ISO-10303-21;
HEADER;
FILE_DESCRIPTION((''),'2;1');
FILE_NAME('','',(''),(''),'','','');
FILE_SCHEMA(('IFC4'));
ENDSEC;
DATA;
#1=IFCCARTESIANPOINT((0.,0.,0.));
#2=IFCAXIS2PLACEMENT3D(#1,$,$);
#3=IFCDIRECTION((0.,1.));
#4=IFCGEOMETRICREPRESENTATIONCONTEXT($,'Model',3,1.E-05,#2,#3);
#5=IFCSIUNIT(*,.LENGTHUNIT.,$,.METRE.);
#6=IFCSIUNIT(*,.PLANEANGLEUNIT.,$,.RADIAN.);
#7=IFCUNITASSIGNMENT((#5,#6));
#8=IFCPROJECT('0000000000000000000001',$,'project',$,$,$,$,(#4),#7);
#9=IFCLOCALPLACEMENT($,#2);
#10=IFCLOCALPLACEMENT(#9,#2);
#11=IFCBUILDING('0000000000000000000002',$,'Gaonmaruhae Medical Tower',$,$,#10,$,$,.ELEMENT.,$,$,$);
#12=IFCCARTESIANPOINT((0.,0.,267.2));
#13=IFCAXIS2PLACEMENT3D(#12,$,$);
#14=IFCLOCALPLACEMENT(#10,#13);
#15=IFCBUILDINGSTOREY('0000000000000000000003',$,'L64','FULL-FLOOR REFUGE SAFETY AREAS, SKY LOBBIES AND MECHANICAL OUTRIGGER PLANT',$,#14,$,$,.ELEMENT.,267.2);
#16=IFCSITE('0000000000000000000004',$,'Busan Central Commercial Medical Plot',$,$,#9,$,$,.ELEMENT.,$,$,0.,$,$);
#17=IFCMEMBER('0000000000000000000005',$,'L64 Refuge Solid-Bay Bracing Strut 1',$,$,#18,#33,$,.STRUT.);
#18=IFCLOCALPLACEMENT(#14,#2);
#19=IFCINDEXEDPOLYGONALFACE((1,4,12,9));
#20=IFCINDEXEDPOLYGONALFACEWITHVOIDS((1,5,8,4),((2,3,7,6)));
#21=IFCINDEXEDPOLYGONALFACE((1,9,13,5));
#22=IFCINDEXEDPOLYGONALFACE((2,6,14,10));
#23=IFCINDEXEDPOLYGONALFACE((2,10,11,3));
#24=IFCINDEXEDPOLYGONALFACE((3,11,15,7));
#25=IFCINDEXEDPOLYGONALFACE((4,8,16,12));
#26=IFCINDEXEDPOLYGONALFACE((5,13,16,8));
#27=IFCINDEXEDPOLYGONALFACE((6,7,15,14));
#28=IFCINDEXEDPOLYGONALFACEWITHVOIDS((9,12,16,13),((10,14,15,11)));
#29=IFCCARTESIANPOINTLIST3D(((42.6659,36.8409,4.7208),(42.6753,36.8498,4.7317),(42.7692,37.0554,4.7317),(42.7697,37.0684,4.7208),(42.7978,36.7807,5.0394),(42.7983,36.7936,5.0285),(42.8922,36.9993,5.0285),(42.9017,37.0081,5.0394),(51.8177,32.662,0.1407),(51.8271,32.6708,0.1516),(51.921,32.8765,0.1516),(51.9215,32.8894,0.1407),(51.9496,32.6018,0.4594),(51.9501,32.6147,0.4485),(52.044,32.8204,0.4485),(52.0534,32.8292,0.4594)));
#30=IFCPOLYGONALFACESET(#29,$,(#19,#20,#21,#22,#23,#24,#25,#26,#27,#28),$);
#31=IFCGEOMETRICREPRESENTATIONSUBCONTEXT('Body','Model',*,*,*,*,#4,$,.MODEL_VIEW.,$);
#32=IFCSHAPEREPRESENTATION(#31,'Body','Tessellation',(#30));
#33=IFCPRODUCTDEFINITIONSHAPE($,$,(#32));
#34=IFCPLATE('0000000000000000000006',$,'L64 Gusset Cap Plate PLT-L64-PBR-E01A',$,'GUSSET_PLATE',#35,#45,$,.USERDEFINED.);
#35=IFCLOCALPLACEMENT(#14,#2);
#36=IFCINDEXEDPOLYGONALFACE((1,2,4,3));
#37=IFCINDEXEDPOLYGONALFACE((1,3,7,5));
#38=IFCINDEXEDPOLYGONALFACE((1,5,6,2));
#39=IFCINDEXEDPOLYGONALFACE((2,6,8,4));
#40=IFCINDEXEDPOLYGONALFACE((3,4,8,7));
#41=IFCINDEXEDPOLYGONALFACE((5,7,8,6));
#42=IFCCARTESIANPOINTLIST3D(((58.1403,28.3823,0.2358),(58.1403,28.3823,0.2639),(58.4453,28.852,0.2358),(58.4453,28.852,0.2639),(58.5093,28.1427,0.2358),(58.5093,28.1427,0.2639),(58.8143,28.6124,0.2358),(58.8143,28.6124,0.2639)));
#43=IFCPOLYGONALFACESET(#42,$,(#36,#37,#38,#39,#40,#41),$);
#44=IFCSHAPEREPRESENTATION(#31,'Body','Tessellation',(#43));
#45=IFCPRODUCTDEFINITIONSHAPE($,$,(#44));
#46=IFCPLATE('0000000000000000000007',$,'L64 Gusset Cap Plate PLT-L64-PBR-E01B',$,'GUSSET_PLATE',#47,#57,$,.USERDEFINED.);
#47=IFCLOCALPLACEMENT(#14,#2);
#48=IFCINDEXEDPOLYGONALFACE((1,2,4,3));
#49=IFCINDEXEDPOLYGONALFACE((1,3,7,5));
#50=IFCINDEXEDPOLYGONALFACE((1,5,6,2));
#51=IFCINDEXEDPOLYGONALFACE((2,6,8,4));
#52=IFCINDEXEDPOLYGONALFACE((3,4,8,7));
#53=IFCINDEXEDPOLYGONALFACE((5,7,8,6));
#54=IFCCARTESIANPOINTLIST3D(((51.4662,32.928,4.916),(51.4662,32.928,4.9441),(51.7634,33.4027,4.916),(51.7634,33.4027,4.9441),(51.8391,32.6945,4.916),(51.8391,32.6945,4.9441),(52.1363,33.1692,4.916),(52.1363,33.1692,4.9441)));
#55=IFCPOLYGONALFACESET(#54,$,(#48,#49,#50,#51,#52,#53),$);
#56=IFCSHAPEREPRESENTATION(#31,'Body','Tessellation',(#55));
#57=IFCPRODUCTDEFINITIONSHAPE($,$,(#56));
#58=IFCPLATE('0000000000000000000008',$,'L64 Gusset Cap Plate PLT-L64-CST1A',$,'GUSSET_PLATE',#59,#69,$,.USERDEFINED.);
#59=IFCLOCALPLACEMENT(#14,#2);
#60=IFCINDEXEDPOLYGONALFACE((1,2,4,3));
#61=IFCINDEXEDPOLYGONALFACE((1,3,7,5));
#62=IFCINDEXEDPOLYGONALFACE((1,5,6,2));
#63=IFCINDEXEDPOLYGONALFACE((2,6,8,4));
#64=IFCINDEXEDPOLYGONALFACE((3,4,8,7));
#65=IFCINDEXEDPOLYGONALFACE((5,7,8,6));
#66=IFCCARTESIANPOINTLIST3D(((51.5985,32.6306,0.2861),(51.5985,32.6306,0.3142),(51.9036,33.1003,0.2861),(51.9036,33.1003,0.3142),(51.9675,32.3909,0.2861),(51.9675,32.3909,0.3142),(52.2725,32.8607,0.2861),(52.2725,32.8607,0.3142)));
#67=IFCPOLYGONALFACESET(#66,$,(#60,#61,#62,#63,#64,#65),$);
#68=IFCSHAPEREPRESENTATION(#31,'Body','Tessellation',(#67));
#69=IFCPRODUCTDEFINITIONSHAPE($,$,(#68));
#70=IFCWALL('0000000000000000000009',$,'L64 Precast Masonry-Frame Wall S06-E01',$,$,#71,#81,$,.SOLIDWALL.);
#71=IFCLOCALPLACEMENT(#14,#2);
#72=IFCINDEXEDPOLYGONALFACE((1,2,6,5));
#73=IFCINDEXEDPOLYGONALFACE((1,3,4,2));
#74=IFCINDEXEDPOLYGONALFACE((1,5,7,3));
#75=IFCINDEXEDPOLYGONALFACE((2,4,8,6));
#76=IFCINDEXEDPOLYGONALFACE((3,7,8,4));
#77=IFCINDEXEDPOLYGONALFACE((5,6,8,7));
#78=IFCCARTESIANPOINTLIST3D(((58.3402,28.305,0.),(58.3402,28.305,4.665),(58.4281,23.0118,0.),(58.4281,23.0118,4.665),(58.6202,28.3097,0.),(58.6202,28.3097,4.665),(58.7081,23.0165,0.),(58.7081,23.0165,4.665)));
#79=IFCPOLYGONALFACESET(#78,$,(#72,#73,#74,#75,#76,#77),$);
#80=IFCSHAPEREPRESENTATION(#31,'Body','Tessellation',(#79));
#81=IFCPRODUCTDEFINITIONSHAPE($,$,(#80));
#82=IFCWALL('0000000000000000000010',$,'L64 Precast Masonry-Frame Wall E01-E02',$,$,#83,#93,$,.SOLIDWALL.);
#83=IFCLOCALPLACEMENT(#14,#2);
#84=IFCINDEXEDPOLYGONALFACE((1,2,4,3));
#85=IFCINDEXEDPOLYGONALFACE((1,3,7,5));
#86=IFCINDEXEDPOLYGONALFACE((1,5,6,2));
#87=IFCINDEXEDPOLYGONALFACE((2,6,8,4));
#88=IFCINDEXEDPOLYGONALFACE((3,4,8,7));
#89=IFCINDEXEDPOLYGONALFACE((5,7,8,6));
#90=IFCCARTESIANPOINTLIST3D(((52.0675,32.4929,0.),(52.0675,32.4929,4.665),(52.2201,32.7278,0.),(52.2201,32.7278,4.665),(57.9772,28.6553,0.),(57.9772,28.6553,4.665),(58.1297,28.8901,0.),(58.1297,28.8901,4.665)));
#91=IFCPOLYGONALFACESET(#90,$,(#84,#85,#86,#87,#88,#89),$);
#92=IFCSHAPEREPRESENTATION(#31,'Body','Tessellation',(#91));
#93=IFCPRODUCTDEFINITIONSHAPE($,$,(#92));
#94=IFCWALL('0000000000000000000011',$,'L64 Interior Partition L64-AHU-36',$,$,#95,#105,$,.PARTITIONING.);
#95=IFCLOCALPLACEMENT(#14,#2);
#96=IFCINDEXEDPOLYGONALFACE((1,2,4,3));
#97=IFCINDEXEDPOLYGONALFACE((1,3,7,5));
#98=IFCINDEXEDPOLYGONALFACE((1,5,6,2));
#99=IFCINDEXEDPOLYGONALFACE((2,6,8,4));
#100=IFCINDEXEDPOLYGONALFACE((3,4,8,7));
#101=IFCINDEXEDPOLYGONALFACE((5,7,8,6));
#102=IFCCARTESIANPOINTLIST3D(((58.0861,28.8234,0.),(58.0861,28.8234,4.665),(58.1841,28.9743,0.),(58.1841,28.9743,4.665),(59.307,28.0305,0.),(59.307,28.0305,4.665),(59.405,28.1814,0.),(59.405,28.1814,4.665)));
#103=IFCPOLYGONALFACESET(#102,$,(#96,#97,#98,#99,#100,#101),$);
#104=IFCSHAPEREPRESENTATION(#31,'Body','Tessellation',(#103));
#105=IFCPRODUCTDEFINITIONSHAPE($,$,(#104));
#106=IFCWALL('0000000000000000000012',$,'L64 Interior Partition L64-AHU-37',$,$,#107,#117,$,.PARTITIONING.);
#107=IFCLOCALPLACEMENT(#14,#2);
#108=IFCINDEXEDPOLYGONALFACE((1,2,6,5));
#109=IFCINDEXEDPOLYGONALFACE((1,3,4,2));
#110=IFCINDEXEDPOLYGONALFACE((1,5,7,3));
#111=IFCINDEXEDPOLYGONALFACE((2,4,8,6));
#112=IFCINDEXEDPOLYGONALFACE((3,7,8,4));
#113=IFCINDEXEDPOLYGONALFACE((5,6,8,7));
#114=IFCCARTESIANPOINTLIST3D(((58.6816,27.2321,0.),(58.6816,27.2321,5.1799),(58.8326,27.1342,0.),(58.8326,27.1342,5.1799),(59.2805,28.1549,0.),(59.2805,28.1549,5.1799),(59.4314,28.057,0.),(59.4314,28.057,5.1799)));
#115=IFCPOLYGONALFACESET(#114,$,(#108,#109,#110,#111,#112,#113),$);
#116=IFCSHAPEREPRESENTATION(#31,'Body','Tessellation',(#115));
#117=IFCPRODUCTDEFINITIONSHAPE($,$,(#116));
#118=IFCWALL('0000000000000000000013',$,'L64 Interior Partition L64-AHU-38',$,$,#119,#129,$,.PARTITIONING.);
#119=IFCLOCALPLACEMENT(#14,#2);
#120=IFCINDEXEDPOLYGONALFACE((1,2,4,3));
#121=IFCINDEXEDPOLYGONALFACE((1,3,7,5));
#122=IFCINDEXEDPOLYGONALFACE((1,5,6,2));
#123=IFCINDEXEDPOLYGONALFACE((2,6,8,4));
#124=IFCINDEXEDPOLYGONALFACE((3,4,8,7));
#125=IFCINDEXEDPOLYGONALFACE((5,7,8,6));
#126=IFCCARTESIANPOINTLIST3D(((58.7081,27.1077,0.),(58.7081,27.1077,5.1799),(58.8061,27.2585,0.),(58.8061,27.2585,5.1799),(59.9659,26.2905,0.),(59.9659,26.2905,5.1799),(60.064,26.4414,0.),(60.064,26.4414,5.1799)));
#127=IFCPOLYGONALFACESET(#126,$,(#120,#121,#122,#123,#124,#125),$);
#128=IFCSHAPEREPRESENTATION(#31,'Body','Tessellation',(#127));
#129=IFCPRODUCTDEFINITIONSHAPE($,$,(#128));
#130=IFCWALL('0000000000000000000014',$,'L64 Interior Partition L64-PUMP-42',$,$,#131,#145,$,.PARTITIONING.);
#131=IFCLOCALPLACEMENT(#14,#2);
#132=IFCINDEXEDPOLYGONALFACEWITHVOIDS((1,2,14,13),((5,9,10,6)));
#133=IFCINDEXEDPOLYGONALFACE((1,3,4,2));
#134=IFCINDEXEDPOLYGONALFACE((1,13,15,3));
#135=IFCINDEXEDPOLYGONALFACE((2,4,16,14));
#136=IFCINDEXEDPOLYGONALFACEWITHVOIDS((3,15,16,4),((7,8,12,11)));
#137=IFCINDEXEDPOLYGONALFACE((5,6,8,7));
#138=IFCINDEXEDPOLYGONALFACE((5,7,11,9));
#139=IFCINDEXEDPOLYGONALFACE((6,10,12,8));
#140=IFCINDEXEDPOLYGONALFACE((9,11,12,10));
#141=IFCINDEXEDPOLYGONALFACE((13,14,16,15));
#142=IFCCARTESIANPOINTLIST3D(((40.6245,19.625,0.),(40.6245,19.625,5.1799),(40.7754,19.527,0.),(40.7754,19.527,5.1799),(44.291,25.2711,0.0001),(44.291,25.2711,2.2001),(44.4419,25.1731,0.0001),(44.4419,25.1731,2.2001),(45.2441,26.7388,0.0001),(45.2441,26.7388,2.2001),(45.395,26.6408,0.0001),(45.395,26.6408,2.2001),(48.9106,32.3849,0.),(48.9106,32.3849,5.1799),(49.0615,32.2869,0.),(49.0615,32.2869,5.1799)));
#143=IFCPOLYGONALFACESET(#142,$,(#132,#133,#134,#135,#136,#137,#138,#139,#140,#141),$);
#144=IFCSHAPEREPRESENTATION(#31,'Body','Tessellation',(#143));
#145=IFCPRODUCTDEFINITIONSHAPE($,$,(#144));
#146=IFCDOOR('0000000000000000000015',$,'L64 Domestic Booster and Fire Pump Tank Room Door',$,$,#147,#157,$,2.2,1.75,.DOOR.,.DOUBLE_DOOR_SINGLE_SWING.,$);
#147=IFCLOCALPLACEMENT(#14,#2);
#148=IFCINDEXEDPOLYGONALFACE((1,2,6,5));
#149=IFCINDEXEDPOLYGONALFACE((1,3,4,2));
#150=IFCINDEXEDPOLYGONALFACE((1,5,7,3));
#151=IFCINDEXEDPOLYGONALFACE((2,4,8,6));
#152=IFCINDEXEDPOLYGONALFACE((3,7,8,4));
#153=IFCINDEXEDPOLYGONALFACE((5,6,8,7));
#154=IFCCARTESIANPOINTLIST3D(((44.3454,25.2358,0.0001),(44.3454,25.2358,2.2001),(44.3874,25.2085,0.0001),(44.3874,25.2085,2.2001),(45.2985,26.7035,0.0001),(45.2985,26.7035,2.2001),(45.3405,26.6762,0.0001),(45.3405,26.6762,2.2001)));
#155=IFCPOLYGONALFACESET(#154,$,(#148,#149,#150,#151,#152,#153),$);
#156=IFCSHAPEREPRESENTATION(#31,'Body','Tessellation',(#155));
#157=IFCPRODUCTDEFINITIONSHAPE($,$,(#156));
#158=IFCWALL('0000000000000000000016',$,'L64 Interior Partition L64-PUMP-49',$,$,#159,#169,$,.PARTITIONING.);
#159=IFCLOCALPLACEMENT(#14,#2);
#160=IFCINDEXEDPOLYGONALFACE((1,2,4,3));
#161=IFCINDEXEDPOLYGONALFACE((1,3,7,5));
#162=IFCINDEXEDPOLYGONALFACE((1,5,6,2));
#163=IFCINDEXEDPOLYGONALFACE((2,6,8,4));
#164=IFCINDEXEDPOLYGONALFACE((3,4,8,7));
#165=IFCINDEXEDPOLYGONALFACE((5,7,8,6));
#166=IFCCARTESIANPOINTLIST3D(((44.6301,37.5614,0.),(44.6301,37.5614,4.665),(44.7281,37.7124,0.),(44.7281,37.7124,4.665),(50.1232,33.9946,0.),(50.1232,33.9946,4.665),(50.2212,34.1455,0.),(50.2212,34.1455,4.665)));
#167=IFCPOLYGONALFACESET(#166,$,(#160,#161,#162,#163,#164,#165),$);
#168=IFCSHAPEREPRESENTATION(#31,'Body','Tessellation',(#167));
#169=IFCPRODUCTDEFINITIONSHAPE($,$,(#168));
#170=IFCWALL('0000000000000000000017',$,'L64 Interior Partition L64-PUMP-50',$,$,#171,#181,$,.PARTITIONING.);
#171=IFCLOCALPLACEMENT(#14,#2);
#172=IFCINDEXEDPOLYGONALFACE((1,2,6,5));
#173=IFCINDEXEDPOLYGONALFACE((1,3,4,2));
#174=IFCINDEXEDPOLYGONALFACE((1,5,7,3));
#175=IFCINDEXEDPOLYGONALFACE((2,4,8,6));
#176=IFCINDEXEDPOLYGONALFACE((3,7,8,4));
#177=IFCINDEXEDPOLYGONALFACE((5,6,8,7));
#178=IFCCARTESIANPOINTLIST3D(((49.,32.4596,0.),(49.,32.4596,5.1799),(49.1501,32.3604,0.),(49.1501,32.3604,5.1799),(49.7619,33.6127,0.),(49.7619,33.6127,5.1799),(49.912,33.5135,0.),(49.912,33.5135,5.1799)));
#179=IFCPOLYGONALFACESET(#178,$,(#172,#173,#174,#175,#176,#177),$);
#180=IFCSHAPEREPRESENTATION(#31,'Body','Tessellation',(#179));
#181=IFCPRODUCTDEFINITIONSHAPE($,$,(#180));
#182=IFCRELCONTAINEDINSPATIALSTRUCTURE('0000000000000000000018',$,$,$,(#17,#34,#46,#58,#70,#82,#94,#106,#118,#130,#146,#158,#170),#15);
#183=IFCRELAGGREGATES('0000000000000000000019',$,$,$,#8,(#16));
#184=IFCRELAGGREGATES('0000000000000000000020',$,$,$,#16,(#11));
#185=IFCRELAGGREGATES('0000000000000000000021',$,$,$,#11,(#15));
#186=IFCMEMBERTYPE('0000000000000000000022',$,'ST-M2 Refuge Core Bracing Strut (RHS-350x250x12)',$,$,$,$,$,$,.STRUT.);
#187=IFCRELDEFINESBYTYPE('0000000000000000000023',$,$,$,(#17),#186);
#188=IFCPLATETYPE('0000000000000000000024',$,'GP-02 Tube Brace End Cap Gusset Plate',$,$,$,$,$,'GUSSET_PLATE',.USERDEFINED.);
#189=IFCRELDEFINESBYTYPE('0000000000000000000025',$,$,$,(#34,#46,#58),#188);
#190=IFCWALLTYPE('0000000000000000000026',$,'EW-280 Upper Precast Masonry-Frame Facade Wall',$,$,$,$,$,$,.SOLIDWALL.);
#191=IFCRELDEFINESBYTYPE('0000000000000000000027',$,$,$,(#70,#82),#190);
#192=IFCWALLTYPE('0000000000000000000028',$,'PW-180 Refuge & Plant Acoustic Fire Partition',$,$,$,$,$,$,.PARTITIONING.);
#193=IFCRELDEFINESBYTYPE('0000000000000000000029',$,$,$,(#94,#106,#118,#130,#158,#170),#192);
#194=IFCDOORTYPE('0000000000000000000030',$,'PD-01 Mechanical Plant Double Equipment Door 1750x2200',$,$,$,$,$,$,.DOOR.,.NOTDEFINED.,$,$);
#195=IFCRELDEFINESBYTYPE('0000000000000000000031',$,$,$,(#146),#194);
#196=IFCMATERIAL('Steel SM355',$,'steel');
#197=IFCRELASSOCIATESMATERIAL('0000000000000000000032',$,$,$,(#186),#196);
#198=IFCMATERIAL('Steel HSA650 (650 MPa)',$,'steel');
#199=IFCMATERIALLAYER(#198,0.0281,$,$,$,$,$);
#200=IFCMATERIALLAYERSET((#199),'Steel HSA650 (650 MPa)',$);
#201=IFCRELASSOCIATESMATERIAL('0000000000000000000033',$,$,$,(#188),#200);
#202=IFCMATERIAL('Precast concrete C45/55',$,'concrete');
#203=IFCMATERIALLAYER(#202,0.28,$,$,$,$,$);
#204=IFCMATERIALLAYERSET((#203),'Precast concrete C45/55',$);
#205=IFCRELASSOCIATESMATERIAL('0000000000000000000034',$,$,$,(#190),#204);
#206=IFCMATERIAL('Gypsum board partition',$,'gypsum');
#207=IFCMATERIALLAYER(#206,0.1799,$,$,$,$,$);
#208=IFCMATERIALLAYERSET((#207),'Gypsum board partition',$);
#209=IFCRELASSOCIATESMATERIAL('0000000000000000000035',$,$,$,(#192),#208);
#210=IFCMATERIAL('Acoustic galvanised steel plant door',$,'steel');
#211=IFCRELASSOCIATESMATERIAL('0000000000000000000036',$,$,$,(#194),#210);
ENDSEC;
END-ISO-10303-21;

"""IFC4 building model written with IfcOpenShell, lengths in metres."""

from ifc_helpers import new_model, si_unit, direction, frame, frame_2d, origin, origin_2d, place, context, subcontext, project, spatial, rectangle, hollow_rectangle, extrude, material, layer, layer_set, material_profile, profile_set, type_object, element, fill, save


model = new_model("IFC4")

# Units and contexts
model_context = context("Model", 3, precision=1e-05, world=origin(), true_north=direction((0.0, 1.0)))
body_context = subcontext(model_context, "Body", "Model", "MODEL_VIEW")
ifc_project = project(units=[si_unit("LENGTHUNIT", "METRE"), si_unit("PLANEANGLEUNIT", "RADIAN")], contexts=[model_context])

# Site, building, storey
site_placement = place(None, origin())
site = spatial("IfcSite", under=ifc_project, at=site_placement, Name="Busan Central Commercial Medical Plot", CompositionType="ELEMENT", RefElevation=0.0)
building_placement = place(site_placement, origin())
building = spatial("IfcBuilding", under=site, at=building_placement, Name="Gaonmaruhae Medical Tower", CompositionType="ELEMENT")
storey_placement = place(building_placement, frame((0.0, 0.0, 267.2)))
storey = spatial("IfcBuildingStorey", under=building, at=storey_placement, Name="L64", Description="FULL-FLOOR REFUGE SAFETY AREAS, SKY LOBBIES AND MECHANICAL OUTRIGGER PLANT", CompositionType="ELEMENT", Elevation=267.2)

# Shared definitions
ifc_material_1 = material(Name="Steel SM355", Category="steel")

# Member
ifc_material_profile_1 = material_profile(ifc_material_1, hollow_rectangle(XDim=0.25, YDim=0.3501, WallThickness=0.012, at=origin_2d()), Name="RHS-350x250x12")
ifc_profile_set_1 = profile_set([ifc_material_profile_1], Name="Steel SM355")
member_type_1 = type_object("IfcMemberType", Name="ST-M2 Refuge Core Bracing Strut (RHS-350x250x12)", PredefinedType="STRUT", material=ifc_profile_set_1)
member_1_placement = place(storey_placement, frame((51.9355, 32.7456, 0.3), z_axis=(-0.827901, 0.378039, 0.414326), x_axis=(-0.415369, -0.909653, 0.0)))
element("IfcMember", 1, at=member_1_placement, inside=storey, type_object=member_type_1, Name="L64 Refuge Solid-Bay Bracing Strut 1", PredefinedType="STRUT", context=body_context, shape_type="SweptSolid", body=[
    extrude(hollow_rectangle(XDim=0.25, YDim=0.3501, WallThickness=0.012, at=origin_2d()), origin(), (0.0, 0.0, 1.0), 11.0542),
])

# Plates
ifc_material_2 = material(Name="Steel HSA650 (650 MPa)", Category="steel")
ifc_layer_1 = layer(ifc_material_2, 0.0281)
ifc_layer_set_1 = layer_set([ifc_layer_1], Name="Steel HSA650 (650 MPa)")
plate_type = type_object("IfcPlateType", Name="GP-02 Tube Brace End Cap Gusset Plate", ElementType="GUSSET_PLATE", PredefinedType="USERDEFINED", material=ifc_layer_set_1)
for number, where, z_axis, x_axis, name in (
    (2, (58.4773, 28.4973, 0.2358), (0.0, 0.0, 1.0), (0.544639, 0.838671, 0.0), "L64 Gusset Cap Plate PLT-L64-PBR-E01A"),
    (3, (51.8013, 33.0486, 4.916), (0.0, 0.0, 1.0), (0.530659, 0.847585, 0.0), "L64 Gusset Cap Plate PLT-L64-PBR-E01B"),
    (4, (51.9355, 32.7456, 0.2861), (0.0, 0.0, 1.0), (0.544639, 0.838671, 0.0), "L64 Gusset Cap Plate PLT-L64-CST1A"),
):
    element("IfcPlate", number, at=place(storey_placement, frame(where, z_axis=z_axis, x_axis=x_axis)), inside=storey, type_object=plate_type, Name=name, ObjectType="GUSSET_PLATE", PredefinedType="USERDEFINED", context=body_context, shape_type="SweptSolid", body=[
        extrude(rectangle(XDim=0.5601, YDim=0.4399, at=origin_2d()), origin(), (0.0, 0.0, 1.0), 0.0281),
    ])

# Walls
ifc_material_3 = material(Name="Precast concrete C45/55", Category="concrete")
ifc_layer_2 = layer(ifc_material_3, 0.28)
ifc_layer_set_2 = layer_set([ifc_layer_2], Name="Precast concrete C45/55")
wall_type_1 = type_object("IfcWallType", Name="EW-280 Upper Precast Masonry-Frame Facade Wall", PredefinedType="SOLIDWALL", material=ifc_layer_set_2)
wall_1_placement = place(storey_placement, frame((58.4802, 28.3074, 0.0), z_axis=(0.0, 0.0, 1.0), x_axis=(0.016602, -0.999862, 0.0)))
element("IfcWall", 5, at=wall_1_placement, inside=storey, type_object=wall_type_1, Name="L64 Precast Masonry-Frame Wall S06-E01", PredefinedType="SOLIDWALL", context=body_context, shape_type="SweptSolid", body=[
    extrude(rectangle(XDim=5.2939, YDim=0.28, at=frame_2d((2.647, 0.0))), origin(), (0.0, 0.0, 1.0), 4.665),
])
wall_2_placement = place(storey_placement, frame((52.1438, 32.6104, 0.0), z_axis=(0.0, 0.0, 1.0), x_axis=(0.838679, -0.544625, 0.0)))
element("IfcWall", 6, at=wall_2_placement, inside=storey, type_object=wall_type_1, Name="L64 Precast Masonry-Frame Wall E01-E02", PredefinedType="SOLIDWALL", context=body_context, shape_type="SweptSolid", body=[
    extrude(rectangle(XDim=7.0464, YDim=0.28, at=frame_2d((3.5232, 0.0))), origin(), (0.0, 0.0, 1.0), 4.665),
])
ifc_material_4 = material(Name="Gypsum board partition", Category="gypsum")
ifc_layer_3 = layer(ifc_material_4, 0.1799)
ifc_layer_set_3 = layer_set([ifc_layer_3], Name="Gypsum board partition")
wall_type_2 = type_object("IfcWallType", Name="PW-180 Refuge & Plant Acoustic Fire Partition", PredefinedType="PARTITIONING", material=ifc_layer_set_3)
wall_3_placement = place(storey_placement, frame((58.135, 28.8989, 0.0), z_axis=(0.0, 0.0, 1.0), x_axis=(0.838647, -0.544676, 0.0)))
element("IfcWall", 7, at=wall_3_placement, inside=storey, type_object=wall_type_2, Name="L64 Interior Partition L64-AHU-36", PredefinedType="PARTITIONING", context=body_context, shape_type="SweptSolid", body=[
    extrude(rectangle(XDim=1.4558, YDim=0.1799, at=frame_2d((0.728, 0.0))), origin(), (0.0, 0.0, 1.0), 4.665),
])
wall_4_placement = place(storey_placement, frame((59.356, 28.106, 0.0), z_axis=(0.0, 0.0, 1.0), x_axis=(-0.544364, -0.838849, 0.0)))
element("IfcWall", 8, at=wall_4_placement, inside=storey, type_object=wall_type_2, Name="L64 Interior Partition L64-AHU-37", PredefinedType="PARTITIONING", context=body_context, shape_type="SweptSolid", body=[
    extrude(rectangle(XDim=1.1001, YDim=0.1799, at=frame_2d((0.55, 0.0))), origin(), (0.0, 0.0, 1.0), 5.1799),
])
wall_5_placement = place(storey_placement, frame((58.7571, 27.1831, 0.0), z_axis=(0.0, 0.0, 1.0), x_axis=(0.838577, -0.544782, 0.0)))
element("IfcWall", 9, at=wall_5_placement, inside=storey, type_object=wall_type_2, Name="L64 Interior Partition L64-AHU-38", PredefinedType="PARTITIONING", context=body_context, shape_type="SweptSolid", body=[
    extrude(rectangle(XDim=1.5, YDim=0.1799, at=frame_2d((0.75, 0.0))), origin(), (0.0, 0.0, 1.0), 5.1799),
])

# Wall, opening, door
wall_6_placement = place(storey_placement, frame((48.9861, 32.3359, 0.0), z_axis=(0.0, 0.0, 1.0), x_axis=(-0.544624, -0.83868, 0.0)))
wall_6 = element("IfcWall", 10, at=wall_6_placement, inside=storey, type_object=wall_type_2, Name="L64 Interior Partition L64-PUMP-42", PredefinedType="PARTITIONING", context=body_context, shape_type="SweptSolid", body=[
    extrude(rectangle(XDim=15.2144, YDim=0.1799, at=frame_2d((7.6072, 0.0))), origin(), (0.0, 0.0, 1.0), 5.1799),
])
opening_placement = place(wall_6_placement, frame((6.7322, 0.0, 0.0)))
opening = element("IfcOpeningElement", 11, at=opening_placement, cuts=wall_6, PredefinedType="OPENING", context=body_context, shape_type="SweptSolid", body=[
    extrude(rectangle(XDim=1.75, YDim=2.2, at=frame_2d((0.875, 1.1001))), frame((0.0, 0.1001, 0.0), z_axis=(0.0, -1.0, 0.0), x_axis=(1.0, 0.0, 0.0)), (0.0, 0.0, 1.0), 0.2),
])
ifc_material_5 = material(Name="Acoustic galvanised steel plant door", Category="steel")
door_type = type_object("IfcDoorType", Name="PD-01 Mechanical Plant Double Equipment Door 1750x2200", OperationType="NOTDEFINED", PredefinedType="DOOR", material=ifc_material_5)
door_placement = place(opening_placement, origin())
door = element("IfcDoor", 12, at=door_placement, inside=storey, type_object=door_type, Name="L64 Domestic Booster and Fire Pump Tank Room Door", OperationType="DOUBLE_DOOR_SINGLE_SWING", OverallHeight=2.2, OverallWidth=1.75, PredefinedType="DOOR", context=body_context, shape_type="SweptSolid", body=[
    extrude(rectangle(XDim=1.75, YDim=2.2, at=frame_2d((0.875, 1.1001))), frame((0.0, 0.0249, 0.0), z_axis=(0.0, -1.0, 0.0), x_axis=(1.0, 0.0, 0.0)), (0.0, 0.0, 1.0), 0.05),
])
fill(opening, door)

# Walls
wall_7_placement = place(storey_placement, frame((44.679, 37.637, 0.0), z_axis=(0.0, 0.0, 1.0), x_axis=(0.838699, -0.544595, 0.0)))
element("IfcWall", 13, at=wall_7_placement, inside=storey, type_object=wall_type_2, Name="L64 Interior Partition L64-PUMP-49", PredefinedType="PARTITIONING", context=body_context, shape_type="SweptSolid", body=[
    extrude(rectangle(XDim=6.5496, YDim=0.1799, at=frame_2d((3.2749, 0.0))), origin(), (0.0, 0.0, 1.0), 4.665),
])
wall_8_placement = place(storey_placement, frame((49.8369, 33.563, 0.0), z_axis=(0.0, 0.0, 1.0), x_axis=(-0.551312, -0.834299, 0.0)))
element("IfcWall", 14, at=wall_8_placement, inside=storey, type_object=wall_type_2, Name="L64 Interior Partition L64-PUMP-50", PredefinedType="PARTITIONING", context=body_context, shape_type="SweptSolid", body=[
    extrude(rectangle(XDim=1.3821, YDim=0.1799, at=frame_2d((0.6909, 0.0))), origin(), (0.0, 0.0, 1.0), 5.1799),
])

save(model, "model.ifc")
